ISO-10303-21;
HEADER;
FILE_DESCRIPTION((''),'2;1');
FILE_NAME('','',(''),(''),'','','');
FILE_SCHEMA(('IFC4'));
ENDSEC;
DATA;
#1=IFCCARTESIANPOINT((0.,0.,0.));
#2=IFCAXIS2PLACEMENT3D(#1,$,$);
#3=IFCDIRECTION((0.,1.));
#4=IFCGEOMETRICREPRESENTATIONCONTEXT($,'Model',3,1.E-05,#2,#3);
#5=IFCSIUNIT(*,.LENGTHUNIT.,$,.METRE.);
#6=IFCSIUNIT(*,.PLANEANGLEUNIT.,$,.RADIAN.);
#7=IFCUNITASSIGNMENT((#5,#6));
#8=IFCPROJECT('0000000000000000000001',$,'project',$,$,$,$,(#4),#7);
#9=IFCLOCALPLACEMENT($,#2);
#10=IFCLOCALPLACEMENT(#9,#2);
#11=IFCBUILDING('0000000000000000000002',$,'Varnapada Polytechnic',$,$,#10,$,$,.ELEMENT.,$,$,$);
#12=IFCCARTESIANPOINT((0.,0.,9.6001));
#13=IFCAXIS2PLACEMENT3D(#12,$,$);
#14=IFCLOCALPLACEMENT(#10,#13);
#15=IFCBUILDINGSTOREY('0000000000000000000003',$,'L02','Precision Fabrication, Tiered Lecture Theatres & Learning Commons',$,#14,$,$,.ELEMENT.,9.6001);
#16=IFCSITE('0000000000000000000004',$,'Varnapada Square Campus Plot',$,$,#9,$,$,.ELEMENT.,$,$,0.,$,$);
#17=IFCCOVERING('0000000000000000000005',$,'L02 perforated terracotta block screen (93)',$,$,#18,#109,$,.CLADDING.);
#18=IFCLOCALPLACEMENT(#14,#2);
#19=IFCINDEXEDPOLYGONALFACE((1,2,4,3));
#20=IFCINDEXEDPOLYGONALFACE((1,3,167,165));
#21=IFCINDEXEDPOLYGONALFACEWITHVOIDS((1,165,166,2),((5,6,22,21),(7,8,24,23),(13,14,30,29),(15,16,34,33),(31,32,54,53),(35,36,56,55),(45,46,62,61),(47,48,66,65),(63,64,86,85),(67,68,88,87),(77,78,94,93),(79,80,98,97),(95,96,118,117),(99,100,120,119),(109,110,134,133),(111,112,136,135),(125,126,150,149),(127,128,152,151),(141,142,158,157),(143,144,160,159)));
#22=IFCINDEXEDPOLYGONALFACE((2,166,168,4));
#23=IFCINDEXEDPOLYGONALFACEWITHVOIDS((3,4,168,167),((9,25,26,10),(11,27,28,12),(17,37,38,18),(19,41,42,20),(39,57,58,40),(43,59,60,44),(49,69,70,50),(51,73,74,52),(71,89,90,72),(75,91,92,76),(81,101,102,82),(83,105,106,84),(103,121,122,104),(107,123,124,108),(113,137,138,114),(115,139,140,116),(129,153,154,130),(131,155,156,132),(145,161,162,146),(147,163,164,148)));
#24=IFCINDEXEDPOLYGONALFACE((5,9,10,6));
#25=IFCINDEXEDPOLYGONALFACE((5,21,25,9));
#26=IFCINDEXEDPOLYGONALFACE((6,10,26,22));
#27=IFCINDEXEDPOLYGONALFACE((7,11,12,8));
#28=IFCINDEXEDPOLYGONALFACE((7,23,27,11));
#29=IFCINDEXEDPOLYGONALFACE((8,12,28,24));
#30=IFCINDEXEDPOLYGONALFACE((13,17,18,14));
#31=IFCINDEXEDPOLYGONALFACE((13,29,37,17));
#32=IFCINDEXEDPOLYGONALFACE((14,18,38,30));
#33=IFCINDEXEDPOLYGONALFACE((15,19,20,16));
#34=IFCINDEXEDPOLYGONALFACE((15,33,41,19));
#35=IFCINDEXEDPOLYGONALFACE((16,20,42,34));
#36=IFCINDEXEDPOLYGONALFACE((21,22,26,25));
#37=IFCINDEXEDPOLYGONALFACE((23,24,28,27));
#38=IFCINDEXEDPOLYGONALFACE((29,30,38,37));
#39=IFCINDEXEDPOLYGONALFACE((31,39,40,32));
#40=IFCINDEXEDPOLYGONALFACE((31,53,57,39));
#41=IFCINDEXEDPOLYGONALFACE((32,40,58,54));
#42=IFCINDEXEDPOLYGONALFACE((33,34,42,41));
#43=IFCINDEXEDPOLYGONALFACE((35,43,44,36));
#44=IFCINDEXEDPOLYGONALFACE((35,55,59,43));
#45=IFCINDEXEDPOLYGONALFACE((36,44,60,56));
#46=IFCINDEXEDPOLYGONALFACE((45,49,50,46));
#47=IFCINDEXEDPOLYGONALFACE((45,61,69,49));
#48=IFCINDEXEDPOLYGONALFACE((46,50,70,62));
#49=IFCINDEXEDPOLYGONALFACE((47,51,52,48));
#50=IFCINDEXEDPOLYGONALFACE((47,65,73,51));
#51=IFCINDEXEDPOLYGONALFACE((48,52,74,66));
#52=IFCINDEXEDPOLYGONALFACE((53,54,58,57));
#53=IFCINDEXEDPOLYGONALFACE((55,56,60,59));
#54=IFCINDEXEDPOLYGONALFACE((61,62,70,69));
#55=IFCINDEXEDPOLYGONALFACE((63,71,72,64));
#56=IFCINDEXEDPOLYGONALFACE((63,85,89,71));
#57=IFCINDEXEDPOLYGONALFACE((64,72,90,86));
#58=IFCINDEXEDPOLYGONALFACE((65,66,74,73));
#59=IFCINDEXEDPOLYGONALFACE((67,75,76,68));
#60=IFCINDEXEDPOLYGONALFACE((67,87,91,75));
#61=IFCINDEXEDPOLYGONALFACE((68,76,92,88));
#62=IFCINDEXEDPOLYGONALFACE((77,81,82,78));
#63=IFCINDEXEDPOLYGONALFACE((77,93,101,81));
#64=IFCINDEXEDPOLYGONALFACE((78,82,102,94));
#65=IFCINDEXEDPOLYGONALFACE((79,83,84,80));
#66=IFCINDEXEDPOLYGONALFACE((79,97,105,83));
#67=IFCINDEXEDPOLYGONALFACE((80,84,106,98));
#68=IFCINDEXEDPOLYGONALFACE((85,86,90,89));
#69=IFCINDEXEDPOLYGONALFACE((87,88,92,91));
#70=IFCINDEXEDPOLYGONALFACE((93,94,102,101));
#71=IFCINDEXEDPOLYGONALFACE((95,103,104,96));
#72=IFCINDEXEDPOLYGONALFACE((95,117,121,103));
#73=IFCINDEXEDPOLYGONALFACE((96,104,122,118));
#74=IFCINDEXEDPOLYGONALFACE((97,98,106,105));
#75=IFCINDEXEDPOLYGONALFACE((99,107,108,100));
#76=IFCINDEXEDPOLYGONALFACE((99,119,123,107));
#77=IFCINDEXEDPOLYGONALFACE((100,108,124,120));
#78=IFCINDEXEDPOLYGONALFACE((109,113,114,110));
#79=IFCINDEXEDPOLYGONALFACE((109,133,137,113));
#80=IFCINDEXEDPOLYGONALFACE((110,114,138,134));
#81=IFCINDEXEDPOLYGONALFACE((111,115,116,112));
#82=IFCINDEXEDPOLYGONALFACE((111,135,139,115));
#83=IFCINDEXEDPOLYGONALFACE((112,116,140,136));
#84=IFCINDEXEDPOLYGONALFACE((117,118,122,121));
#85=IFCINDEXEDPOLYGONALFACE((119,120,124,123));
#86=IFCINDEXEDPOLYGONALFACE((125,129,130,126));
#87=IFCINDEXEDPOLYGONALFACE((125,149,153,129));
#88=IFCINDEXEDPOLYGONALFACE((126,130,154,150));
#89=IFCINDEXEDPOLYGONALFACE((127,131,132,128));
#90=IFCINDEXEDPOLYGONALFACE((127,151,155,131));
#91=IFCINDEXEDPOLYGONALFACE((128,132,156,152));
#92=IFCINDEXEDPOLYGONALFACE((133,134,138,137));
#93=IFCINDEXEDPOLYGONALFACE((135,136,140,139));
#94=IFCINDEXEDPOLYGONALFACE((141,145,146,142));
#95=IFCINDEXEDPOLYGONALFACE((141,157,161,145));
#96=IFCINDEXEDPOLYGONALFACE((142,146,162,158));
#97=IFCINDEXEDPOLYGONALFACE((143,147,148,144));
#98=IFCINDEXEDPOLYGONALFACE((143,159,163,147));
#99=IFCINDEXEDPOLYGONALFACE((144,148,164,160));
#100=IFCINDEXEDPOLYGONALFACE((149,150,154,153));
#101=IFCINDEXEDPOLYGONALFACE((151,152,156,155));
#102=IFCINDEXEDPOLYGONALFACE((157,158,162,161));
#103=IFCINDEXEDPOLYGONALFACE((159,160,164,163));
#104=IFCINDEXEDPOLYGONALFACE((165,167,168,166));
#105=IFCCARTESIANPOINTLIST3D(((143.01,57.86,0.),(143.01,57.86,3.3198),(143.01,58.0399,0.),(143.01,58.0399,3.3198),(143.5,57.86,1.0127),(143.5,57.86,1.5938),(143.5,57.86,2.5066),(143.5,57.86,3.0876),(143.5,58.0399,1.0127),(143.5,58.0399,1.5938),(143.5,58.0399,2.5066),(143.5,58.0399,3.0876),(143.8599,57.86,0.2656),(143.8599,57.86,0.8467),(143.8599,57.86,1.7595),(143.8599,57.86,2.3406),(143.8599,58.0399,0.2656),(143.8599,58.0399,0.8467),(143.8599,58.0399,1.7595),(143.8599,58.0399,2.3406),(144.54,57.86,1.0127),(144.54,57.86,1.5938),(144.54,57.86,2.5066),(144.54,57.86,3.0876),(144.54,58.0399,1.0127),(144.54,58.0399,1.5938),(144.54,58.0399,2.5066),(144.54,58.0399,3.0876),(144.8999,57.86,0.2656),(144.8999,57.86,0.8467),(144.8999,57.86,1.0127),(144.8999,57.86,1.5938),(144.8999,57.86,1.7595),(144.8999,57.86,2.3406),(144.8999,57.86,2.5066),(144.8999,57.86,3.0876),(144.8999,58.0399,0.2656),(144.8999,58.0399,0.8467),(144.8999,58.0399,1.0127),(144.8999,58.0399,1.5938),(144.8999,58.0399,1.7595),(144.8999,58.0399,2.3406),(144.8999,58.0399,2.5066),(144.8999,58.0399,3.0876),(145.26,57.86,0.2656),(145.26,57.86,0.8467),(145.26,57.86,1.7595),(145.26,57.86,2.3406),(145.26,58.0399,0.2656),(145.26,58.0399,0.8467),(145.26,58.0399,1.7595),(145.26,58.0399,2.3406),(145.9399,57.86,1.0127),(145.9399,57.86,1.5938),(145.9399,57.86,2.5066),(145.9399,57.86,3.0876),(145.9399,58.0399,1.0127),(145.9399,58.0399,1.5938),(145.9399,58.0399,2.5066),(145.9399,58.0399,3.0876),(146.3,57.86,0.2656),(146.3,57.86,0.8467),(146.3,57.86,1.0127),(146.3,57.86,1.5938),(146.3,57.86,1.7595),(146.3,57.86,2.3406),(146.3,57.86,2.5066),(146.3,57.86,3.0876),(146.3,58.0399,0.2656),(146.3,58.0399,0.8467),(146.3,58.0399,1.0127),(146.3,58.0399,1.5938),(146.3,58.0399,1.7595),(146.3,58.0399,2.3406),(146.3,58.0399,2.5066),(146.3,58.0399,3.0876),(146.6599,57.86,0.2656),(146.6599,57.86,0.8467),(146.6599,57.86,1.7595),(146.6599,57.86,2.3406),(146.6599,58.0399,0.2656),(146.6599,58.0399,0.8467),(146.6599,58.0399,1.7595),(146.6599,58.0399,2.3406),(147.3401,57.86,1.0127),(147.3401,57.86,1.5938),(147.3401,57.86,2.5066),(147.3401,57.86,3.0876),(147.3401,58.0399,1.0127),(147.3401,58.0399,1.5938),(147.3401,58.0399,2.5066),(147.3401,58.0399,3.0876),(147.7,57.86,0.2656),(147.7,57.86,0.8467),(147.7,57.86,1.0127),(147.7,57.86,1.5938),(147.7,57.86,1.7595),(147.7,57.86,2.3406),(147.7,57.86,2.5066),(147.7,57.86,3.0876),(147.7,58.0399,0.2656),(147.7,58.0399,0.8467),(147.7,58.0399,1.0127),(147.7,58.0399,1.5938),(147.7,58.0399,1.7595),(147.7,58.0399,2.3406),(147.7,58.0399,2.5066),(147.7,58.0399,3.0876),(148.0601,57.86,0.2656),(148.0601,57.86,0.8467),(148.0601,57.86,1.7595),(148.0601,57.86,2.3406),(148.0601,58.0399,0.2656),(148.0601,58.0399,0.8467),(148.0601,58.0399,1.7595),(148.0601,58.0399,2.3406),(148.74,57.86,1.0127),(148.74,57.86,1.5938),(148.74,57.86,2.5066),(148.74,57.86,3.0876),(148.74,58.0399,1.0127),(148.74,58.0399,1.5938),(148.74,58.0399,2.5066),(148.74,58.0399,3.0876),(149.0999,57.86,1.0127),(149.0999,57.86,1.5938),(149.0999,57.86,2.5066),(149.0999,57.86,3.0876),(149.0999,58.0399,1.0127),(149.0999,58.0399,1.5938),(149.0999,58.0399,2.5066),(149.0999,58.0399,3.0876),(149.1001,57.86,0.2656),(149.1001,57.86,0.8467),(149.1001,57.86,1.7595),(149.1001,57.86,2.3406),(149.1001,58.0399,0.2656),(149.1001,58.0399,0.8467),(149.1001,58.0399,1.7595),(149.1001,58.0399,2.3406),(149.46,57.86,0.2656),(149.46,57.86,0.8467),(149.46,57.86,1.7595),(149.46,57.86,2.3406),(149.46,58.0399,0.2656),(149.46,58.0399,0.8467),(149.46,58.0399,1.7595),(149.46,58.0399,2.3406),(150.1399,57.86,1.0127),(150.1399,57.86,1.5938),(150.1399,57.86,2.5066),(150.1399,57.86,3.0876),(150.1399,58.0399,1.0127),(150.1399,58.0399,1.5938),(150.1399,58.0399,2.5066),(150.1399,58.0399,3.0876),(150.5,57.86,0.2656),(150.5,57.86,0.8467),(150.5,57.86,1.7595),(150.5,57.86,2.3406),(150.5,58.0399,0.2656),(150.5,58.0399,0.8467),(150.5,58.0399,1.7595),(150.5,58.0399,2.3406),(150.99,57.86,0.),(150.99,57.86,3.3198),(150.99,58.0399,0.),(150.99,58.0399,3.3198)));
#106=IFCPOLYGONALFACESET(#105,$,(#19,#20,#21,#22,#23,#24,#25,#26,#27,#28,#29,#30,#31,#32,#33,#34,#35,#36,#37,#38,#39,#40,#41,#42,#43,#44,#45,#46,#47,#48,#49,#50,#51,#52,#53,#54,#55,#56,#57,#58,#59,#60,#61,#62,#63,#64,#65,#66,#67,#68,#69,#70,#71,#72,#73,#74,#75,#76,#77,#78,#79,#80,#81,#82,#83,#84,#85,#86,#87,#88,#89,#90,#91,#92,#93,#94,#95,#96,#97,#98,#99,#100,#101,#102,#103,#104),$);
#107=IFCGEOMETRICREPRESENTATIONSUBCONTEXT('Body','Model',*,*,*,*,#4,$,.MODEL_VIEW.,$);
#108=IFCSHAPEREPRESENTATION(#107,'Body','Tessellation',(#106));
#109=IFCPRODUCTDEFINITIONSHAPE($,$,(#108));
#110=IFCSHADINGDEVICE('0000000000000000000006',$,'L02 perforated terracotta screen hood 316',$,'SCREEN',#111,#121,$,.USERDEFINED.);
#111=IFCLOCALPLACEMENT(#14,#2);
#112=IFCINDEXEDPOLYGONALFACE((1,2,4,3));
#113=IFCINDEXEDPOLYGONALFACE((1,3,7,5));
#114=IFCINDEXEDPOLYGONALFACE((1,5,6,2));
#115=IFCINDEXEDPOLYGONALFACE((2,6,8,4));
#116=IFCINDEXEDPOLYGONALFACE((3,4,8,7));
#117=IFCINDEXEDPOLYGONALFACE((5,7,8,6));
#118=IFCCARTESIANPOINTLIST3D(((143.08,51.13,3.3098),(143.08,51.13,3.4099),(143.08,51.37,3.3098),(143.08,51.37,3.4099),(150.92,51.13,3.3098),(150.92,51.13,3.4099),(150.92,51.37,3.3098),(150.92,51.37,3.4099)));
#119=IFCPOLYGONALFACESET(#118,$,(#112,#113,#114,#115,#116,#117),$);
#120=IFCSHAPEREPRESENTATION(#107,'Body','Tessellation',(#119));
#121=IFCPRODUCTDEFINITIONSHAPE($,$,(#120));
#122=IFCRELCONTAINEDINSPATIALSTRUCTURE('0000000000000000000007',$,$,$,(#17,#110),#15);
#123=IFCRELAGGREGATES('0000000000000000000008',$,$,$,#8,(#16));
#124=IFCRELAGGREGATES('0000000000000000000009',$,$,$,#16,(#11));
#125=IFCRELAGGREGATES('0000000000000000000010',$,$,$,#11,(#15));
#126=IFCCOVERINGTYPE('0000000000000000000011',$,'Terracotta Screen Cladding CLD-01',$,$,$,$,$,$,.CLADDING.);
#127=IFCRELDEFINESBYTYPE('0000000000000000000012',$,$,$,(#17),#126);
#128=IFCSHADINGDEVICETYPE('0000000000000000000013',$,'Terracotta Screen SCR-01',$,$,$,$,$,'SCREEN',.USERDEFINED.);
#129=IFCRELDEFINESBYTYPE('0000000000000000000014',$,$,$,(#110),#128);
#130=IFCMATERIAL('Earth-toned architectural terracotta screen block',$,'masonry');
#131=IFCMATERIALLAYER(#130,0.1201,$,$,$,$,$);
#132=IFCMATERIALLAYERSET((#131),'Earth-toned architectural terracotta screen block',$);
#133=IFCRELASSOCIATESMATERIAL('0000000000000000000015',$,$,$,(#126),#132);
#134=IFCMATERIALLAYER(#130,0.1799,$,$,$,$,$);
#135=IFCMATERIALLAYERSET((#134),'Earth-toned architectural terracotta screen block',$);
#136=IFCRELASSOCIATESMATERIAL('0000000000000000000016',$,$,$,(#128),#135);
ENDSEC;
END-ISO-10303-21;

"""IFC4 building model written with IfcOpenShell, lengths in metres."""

from ifc_helpers import new_model, si_unit, direction, frame, frame_2d, origin, origin_2d, place, context, subcontext, project, spatial, rectangle, extrude, material, layer, layer_set, type_object, element, save


model = new_model("IFC4")

# Units and contexts
model_context = context("Model", 3, precision=1e-05, world=origin(), true_north=direction((0.0, 1.0)))
body_context = subcontext(model_context, "Body", "Model", "MODEL_VIEW")
ifc_project = project(units=[si_unit("LENGTHUNIT", "METRE"), si_unit("PLANEANGLEUNIT", "RADIAN")], contexts=[model_context])

# Site, building, storey
site_placement = place(None, origin())
site = spatial("IfcSite", under=ifc_project, at=site_placement, Name="Varnapada Square Campus Plot", CompositionType="ELEMENT", RefElevation=0.0)
building_placement = place(site_placement, origin())
building = spatial("IfcBuilding", under=site, at=building_placement, Name="Varnapada Polytechnic", CompositionType="ELEMENT")
storey_placement = place(building_placement, frame((0.0, 0.0, 9.6001)))
storey = spatial("IfcBuildingStorey", under=building, at=storey_placement, Name="L02", Description="Precision Fabrication, Tiered Lecture Theatres & Learning Commons", CompositionType="ELEMENT", Elevation=9.6001)

# Covering, openings
ifc_material_1 = material(Name="Earth-toned architectural terracotta screen block", Category="masonry")
ifc_layer_1 = layer(ifc_material_1, 0.1201)
ifc_layer_set_1 = layer_set([ifc_layer_1], Name="Earth-toned architectural terracotta screen block")
covering_type = type_object("IfcCoveringType", Name="Terracotta Screen Cladding CLD-01", PredefinedType="CLADDING", material=ifc_layer_set_1)
covering_placement = place(storey_placement, frame((150.99, 57.95, 0.0), z_axis=(0.0, 0.0, 1.0), x_axis=(-1.0, 0.0, 0.0)))
covering = element("IfcCovering", 1, at=covering_placement, inside=storey, type_object=covering_type, Name="L02 perforated terracotta block screen (93)", PredefinedType="CLADDING", context=body_context, shape_type="SweptSolid", body=[
    extrude(rectangle(XDim=7.98, YDim=0.1799, at=frame_2d((3.99, 0.0))), origin(), (0.0, 0.0, 1.0), 3.3198),
])
opening_1_placement = place(covering_placement, frame((0.49, 0.0, 0.2656)))
element("IfcOpeningElement", 2, at=opening_1_placement, cuts=covering, PredefinedType="OPENING", context=body_context, shape_type="SweptSolid", body=[
    extrude(rectangle(XDim=1.04, YDim=0.5811, at=frame_2d((0.52, 0.2905))), frame((0.0, 0.0999, 0.0), z_axis=(0.0, -1.0, 0.0), x_axis=(1.0, 0.0, 0.0)), (0.0, 0.0, 1.0), 0.2),
])
opening_2_placement = place(covering_placement, frame((1.8899, 0.0, 0.2656)))
element("IfcOpeningElement", 3, at=opening_2_placement, cuts=covering, PredefinedType="OPENING", context=body_context, shape_type="SweptSolid", body=[
    extrude(rectangle(XDim=1.04, YDim=0.5811, at=frame_2d((0.52, 0.2905))), frame((0.0, 0.0999, 0.0), z_axis=(0.0, -1.0, 0.0), x_axis=(1.0, 0.0, 0.0)), (0.0, 0.0, 1.0), 0.2),
])
opening_3_placement = place(covering_placement, frame((3.29, 0.0, 0.2656)))
element("IfcOpeningElement", 4, at=opening_3_placement, cuts=covering, PredefinedType="OPENING", context=body_context, shape_type="SweptSolid", body=[
    extrude(rectangle(XDim=1.04, YDim=0.5811, at=frame_2d((0.52, 0.2905))), frame((0.0, 0.0999, 0.0), z_axis=(0.0, -1.0, 0.0), x_axis=(1.0, 0.0, 0.0)), (0.0, 0.0, 1.0), 0.2),
])
opening_4_placement = place(covering_placement, frame((4.6899, 0.0, 0.2656)))
element("IfcOpeningElement", 5, at=opening_4_placement, cuts=covering, PredefinedType="OPENING", context=body_context, shape_type="SweptSolid", body=[
    extrude(rectangle(XDim=1.04, YDim=0.5811, at=frame_2d((0.52, 0.2905))), frame((0.0, 0.0999, 0.0), z_axis=(0.0, -1.0, 0.0), x_axis=(1.0, 0.0, 0.0)), (0.0, 0.0, 1.0), 0.2),
])
opening_5_placement = place(covering_placement, frame((6.0901, 0.0, 0.2656)))
element("IfcOpeningElement", 6, at=opening_5_placement, cuts=covering, PredefinedType="OPENING", context=body_context, shape_type="SweptSolid", body=[
    extrude(rectangle(XDim=1.04, YDim=0.5811, at=frame_2d((0.52, 0.2905))), frame((0.0, 0.0999, 0.0), z_axis=(0.0, -1.0, 0.0), x_axis=(1.0, 0.0, 0.0)), (0.0, 0.0, 1.0), 0.2),
])
opening_6_placement = place(covering_placement, frame((0.8501, 0.0, 1.0127)))
element("IfcOpeningElement", 7, at=opening_6_placement, cuts=covering, PredefinedType="OPENING", context=body_context, shape_type="SweptSolid", body=[
    extrude(rectangle(XDim=1.04, YDim=0.5811, at=frame_2d((0.52, 0.2905))), frame((0.0, 0.0999, 0.0), z_axis=(0.0, -1.0, 0.0), x_axis=(1.0, 0.0, 0.0)), (0.0, 0.0, 1.0), 0.2),
])
opening_7_placement = place(covering_placement, frame((2.25, 0.0, 1.0127)))
element("IfcOpeningElement", 8, at=opening_7_placement, cuts=covering, PredefinedType="OPENING", context=body_context, shape_type="SweptSolid", body=[
    extrude(rectangle(XDim=1.04, YDim=0.5811, at=frame_2d((0.52, 0.2905))), frame((0.0, 0.0999, 0.0), z_axis=(0.0, -1.0, 0.0), x_axis=(1.0, 0.0, 0.0)), (0.0, 0.0, 1.0), 0.2),
])
opening_8_placement = place(covering_placement, frame((3.6499, 0.0, 1.0127)))
element("IfcOpeningElement", 9, at=opening_8_placement, cuts=covering, PredefinedType="OPENING", context=body_context, shape_type="SweptSolid", body=[
    extrude(rectangle(XDim=1.04, YDim=0.5811, at=frame_2d((0.52, 0.2905))), frame((0.0, 0.0999, 0.0), z_axis=(0.0, -1.0, 0.0), x_axis=(1.0, 0.0, 0.0)), (0.0, 0.0, 1.0), 0.2),
])
opening_9_placement = place(covering_placement, frame((5.05, 0.0, 1.0127)))
element("IfcOpeningElement", 10, at=opening_9_placement, cuts=covering, PredefinedType="OPENING", context=body_context, shape_type="SweptSolid", body=[
    extrude(rectangle(XDim=1.04, YDim=0.5811, at=frame_2d((0.52, 0.2905))), frame((0.0, 0.0999, 0.0), z_axis=(0.0, -1.0, 0.0), x_axis=(1.0, 0.0, 0.0)), (0.0, 0.0, 1.0), 0.2),
])
opening_10_placement = place(covering_placement, frame((6.45, 0.0, 1.0127)))
element("IfcOpeningElement", 11, at=opening_10_placement, cuts=covering, PredefinedType="OPENING", context=body_context, shape_type="SweptSolid", body=[
    extrude(rectangle(XDim=1.04, YDim=0.5811, at=frame_2d((0.52, 0.2905))), frame((0.0, 0.0999, 0.0), z_axis=(0.0, -1.0, 0.0), x_axis=(1.0, 0.0, 0.0)), (0.0, 0.0, 1.0), 0.2),
])
opening_11_placement = place(covering_placement, frame((0.49, 0.0, 1.7595)))
element("IfcOpeningElement", 12, at=opening_11_placement, cuts=covering, PredefinedType="OPENING", context=body_context, shape_type="SweptSolid", body=[
    extrude(rectangle(XDim=1.04, YDim=0.5811, at=frame_2d((0.52, 0.2905))), frame((0.0, 0.0999, 0.0), z_axis=(0.0, -1.0, 0.0), x_axis=(1.0, 0.0, 0.0)), (0.0, 0.0, 1.0), 0.2),
])
opening_12_placement = place(covering_placement, frame((1.8899, 0.0, 1.7595)))
element("IfcOpeningElement", 13, at=opening_12_placement, cuts=covering, PredefinedType="OPENING", context=body_context, shape_type="SweptSolid", body=[
    extrude(rectangle(XDim=1.04, YDim=0.5811, at=frame_2d((0.52, 0.2905))), frame((0.0, 0.0999, 0.0), z_axis=(0.0, -1.0, 0.0), x_axis=(1.0, 0.0, 0.0)), (0.0, 0.0, 1.0), 0.2),
])
opening_13_placement = place(covering_placement, frame((3.29, 0.0, 1.7595)))
element("IfcOpeningElement", 14, at=opening_13_placement, cuts=covering, PredefinedType="OPENING", context=body_context, shape_type="SweptSolid", body=[
    extrude(rectangle(XDim=1.04, YDim=0.5811, at=frame_2d((0.52, 0.2905))), frame((0.0, 0.0999, 0.0), z_axis=(0.0, -1.0, 0.0), x_axis=(1.0, 0.0, 0.0)), (0.0, 0.0, 1.0), 0.2),
])
opening_14_placement = place(covering_placement, frame((4.6899, 0.0, 1.7595)))
element("IfcOpeningElement", 15, at=opening_14_placement, cuts=covering, PredefinedType="OPENING", context=body_context, shape_type="SweptSolid", body=[
    extrude(rectangle(XDim=1.04, YDim=0.5811, at=frame_2d((0.52, 0.2905))), frame((0.0, 0.0999, 0.0), z_axis=(0.0, -1.0, 0.0), x_axis=(1.0, 0.0, 0.0)), (0.0, 0.0, 1.0), 0.2),
])
opening_15_placement = place(covering_placement, frame((6.0901, 0.0, 1.7595)))
element("IfcOpeningElement", 16, at=opening_15_placement, cuts=covering, PredefinedType="OPENING", context=body_context, shape_type="SweptSolid", body=[
    extrude(rectangle(XDim=1.04, YDim=0.5811, at=frame_2d((0.52, 0.2905))), frame((0.0, 0.0999, 0.0), z_axis=(0.0, -1.0, 0.0), x_axis=(1.0, 0.0, 0.0)), (0.0, 0.0, 1.0), 0.2),
])
opening_16_placement = place(covering_placement, frame((0.8501, 0.0, 2.5066)))
element("IfcOpeningElement", 17, at=opening_16_placement, cuts=covering, PredefinedType="OPENING", context=body_context, shape_type="SweptSolid", body=[
    extrude(rectangle(XDim=1.04, YDim=0.5811, at=frame_2d((0.52, 0.2905))), frame((0.0, 0.0999, 0.0), z_axis=(0.0, -1.0, 0.0), x_axis=(1.0, 0.0, 0.0)), (0.0, 0.0, 1.0), 0.2),
])
opening_17_placement = place(covering_placement, frame((2.25, 0.0, 2.5066)))
element("IfcOpeningElement", 18, at=opening_17_placement, cuts=covering, PredefinedType="OPENING", context=body_context, shape_type="SweptSolid", body=[
    extrude(rectangle(XDim=1.04, YDim=0.5811, at=frame_2d((0.52, 0.2905))), frame((0.0, 0.0999, 0.0), z_axis=(0.0, -1.0, 0.0), x_axis=(1.0, 0.0, 0.0)), (0.0, 0.0, 1.0), 0.2),
])
opening_18_placement = place(covering_placement, frame((3.6499, 0.0, 2.5066)))
element("IfcOpeningElement", 19, at=opening_18_placement, cuts=covering, PredefinedType="OPENING", context=body_context, shape_type="SweptSolid", body=[
    extrude(rectangle(XDim=1.04, YDim=0.5811, at=frame_2d((0.52, 0.2905))), frame((0.0, 0.0999, 0.0), z_axis=(0.0, -1.0, 0.0), x_axis=(1.0, 0.0, 0.0)), (0.0, 0.0, 1.0), 0.2),
])
opening_19_placement = place(covering_placement, frame((5.05, 0.0, 2.5066)))
element("IfcOpeningElement", 20, at=opening_19_placement, cuts=covering, PredefinedType="OPENING", context=body_context, shape_type="SweptSolid", body=[
    extrude(rectangle(XDim=1.04, YDim=0.5811, at=frame_2d((0.52, 0.2905))), frame((0.0, 0.0999, 0.0), z_axis=(0.0, -1.0, 0.0), x_axis=(1.0, 0.0, 0.0)), (0.0, 0.0, 1.0), 0.2),
])
opening_20_placement = place(covering_placement, frame((6.45, 0.0, 2.5066)))
element("IfcOpeningElement", 21, at=opening_20_placement, cuts=covering, PredefinedType="OPENING", context=body_context, shape_type="SweptSolid", body=[
    extrude(rectangle(XDim=1.04, YDim=0.5811, at=frame_2d((0.52, 0.2905))), frame((0.0, 0.0999, 0.0), z_axis=(0.0, -1.0, 0.0), x_axis=(1.0, 0.0, 0.0)), (0.0, 0.0, 1.0), 0.2),
])

# Shading device
ifc_layer_2 = layer(ifc_material_1, 0.1799)
ifc_layer_set_2 = layer_set([ifc_layer_2], Name="Earth-toned architectural terracotta screen block")
shading_device_type = type_object("IfcShadingDeviceType", Name="Terracotta Screen SCR-01", ElementType="SCREEN", PredefinedType="USERDEFINED", material=ifc_layer_set_2)
shading_device_1_placement = place(storey_placement, frame((147.0, 51.25, 3.3098), z_axis=(0.0, 0.0, 1.0), x_axis=(1.0, 0.0, 0.0)))
element("IfcShadingDevice", 22, at=shading_device_1_placement, inside=storey, type_object=shading_device_type, Name="L02 perforated terracotta screen hood 316", ObjectType="SCREEN", PredefinedType="USERDEFINED", context=body_context, shape_type="SweptSolid", body=[
    extrude(rectangle(XDim=7.8401, YDim=0.24, at=origin_2d()), origin(), (0.0, 0.0, 1.0), 0.1001),
])

save(model, "model.ifc")
